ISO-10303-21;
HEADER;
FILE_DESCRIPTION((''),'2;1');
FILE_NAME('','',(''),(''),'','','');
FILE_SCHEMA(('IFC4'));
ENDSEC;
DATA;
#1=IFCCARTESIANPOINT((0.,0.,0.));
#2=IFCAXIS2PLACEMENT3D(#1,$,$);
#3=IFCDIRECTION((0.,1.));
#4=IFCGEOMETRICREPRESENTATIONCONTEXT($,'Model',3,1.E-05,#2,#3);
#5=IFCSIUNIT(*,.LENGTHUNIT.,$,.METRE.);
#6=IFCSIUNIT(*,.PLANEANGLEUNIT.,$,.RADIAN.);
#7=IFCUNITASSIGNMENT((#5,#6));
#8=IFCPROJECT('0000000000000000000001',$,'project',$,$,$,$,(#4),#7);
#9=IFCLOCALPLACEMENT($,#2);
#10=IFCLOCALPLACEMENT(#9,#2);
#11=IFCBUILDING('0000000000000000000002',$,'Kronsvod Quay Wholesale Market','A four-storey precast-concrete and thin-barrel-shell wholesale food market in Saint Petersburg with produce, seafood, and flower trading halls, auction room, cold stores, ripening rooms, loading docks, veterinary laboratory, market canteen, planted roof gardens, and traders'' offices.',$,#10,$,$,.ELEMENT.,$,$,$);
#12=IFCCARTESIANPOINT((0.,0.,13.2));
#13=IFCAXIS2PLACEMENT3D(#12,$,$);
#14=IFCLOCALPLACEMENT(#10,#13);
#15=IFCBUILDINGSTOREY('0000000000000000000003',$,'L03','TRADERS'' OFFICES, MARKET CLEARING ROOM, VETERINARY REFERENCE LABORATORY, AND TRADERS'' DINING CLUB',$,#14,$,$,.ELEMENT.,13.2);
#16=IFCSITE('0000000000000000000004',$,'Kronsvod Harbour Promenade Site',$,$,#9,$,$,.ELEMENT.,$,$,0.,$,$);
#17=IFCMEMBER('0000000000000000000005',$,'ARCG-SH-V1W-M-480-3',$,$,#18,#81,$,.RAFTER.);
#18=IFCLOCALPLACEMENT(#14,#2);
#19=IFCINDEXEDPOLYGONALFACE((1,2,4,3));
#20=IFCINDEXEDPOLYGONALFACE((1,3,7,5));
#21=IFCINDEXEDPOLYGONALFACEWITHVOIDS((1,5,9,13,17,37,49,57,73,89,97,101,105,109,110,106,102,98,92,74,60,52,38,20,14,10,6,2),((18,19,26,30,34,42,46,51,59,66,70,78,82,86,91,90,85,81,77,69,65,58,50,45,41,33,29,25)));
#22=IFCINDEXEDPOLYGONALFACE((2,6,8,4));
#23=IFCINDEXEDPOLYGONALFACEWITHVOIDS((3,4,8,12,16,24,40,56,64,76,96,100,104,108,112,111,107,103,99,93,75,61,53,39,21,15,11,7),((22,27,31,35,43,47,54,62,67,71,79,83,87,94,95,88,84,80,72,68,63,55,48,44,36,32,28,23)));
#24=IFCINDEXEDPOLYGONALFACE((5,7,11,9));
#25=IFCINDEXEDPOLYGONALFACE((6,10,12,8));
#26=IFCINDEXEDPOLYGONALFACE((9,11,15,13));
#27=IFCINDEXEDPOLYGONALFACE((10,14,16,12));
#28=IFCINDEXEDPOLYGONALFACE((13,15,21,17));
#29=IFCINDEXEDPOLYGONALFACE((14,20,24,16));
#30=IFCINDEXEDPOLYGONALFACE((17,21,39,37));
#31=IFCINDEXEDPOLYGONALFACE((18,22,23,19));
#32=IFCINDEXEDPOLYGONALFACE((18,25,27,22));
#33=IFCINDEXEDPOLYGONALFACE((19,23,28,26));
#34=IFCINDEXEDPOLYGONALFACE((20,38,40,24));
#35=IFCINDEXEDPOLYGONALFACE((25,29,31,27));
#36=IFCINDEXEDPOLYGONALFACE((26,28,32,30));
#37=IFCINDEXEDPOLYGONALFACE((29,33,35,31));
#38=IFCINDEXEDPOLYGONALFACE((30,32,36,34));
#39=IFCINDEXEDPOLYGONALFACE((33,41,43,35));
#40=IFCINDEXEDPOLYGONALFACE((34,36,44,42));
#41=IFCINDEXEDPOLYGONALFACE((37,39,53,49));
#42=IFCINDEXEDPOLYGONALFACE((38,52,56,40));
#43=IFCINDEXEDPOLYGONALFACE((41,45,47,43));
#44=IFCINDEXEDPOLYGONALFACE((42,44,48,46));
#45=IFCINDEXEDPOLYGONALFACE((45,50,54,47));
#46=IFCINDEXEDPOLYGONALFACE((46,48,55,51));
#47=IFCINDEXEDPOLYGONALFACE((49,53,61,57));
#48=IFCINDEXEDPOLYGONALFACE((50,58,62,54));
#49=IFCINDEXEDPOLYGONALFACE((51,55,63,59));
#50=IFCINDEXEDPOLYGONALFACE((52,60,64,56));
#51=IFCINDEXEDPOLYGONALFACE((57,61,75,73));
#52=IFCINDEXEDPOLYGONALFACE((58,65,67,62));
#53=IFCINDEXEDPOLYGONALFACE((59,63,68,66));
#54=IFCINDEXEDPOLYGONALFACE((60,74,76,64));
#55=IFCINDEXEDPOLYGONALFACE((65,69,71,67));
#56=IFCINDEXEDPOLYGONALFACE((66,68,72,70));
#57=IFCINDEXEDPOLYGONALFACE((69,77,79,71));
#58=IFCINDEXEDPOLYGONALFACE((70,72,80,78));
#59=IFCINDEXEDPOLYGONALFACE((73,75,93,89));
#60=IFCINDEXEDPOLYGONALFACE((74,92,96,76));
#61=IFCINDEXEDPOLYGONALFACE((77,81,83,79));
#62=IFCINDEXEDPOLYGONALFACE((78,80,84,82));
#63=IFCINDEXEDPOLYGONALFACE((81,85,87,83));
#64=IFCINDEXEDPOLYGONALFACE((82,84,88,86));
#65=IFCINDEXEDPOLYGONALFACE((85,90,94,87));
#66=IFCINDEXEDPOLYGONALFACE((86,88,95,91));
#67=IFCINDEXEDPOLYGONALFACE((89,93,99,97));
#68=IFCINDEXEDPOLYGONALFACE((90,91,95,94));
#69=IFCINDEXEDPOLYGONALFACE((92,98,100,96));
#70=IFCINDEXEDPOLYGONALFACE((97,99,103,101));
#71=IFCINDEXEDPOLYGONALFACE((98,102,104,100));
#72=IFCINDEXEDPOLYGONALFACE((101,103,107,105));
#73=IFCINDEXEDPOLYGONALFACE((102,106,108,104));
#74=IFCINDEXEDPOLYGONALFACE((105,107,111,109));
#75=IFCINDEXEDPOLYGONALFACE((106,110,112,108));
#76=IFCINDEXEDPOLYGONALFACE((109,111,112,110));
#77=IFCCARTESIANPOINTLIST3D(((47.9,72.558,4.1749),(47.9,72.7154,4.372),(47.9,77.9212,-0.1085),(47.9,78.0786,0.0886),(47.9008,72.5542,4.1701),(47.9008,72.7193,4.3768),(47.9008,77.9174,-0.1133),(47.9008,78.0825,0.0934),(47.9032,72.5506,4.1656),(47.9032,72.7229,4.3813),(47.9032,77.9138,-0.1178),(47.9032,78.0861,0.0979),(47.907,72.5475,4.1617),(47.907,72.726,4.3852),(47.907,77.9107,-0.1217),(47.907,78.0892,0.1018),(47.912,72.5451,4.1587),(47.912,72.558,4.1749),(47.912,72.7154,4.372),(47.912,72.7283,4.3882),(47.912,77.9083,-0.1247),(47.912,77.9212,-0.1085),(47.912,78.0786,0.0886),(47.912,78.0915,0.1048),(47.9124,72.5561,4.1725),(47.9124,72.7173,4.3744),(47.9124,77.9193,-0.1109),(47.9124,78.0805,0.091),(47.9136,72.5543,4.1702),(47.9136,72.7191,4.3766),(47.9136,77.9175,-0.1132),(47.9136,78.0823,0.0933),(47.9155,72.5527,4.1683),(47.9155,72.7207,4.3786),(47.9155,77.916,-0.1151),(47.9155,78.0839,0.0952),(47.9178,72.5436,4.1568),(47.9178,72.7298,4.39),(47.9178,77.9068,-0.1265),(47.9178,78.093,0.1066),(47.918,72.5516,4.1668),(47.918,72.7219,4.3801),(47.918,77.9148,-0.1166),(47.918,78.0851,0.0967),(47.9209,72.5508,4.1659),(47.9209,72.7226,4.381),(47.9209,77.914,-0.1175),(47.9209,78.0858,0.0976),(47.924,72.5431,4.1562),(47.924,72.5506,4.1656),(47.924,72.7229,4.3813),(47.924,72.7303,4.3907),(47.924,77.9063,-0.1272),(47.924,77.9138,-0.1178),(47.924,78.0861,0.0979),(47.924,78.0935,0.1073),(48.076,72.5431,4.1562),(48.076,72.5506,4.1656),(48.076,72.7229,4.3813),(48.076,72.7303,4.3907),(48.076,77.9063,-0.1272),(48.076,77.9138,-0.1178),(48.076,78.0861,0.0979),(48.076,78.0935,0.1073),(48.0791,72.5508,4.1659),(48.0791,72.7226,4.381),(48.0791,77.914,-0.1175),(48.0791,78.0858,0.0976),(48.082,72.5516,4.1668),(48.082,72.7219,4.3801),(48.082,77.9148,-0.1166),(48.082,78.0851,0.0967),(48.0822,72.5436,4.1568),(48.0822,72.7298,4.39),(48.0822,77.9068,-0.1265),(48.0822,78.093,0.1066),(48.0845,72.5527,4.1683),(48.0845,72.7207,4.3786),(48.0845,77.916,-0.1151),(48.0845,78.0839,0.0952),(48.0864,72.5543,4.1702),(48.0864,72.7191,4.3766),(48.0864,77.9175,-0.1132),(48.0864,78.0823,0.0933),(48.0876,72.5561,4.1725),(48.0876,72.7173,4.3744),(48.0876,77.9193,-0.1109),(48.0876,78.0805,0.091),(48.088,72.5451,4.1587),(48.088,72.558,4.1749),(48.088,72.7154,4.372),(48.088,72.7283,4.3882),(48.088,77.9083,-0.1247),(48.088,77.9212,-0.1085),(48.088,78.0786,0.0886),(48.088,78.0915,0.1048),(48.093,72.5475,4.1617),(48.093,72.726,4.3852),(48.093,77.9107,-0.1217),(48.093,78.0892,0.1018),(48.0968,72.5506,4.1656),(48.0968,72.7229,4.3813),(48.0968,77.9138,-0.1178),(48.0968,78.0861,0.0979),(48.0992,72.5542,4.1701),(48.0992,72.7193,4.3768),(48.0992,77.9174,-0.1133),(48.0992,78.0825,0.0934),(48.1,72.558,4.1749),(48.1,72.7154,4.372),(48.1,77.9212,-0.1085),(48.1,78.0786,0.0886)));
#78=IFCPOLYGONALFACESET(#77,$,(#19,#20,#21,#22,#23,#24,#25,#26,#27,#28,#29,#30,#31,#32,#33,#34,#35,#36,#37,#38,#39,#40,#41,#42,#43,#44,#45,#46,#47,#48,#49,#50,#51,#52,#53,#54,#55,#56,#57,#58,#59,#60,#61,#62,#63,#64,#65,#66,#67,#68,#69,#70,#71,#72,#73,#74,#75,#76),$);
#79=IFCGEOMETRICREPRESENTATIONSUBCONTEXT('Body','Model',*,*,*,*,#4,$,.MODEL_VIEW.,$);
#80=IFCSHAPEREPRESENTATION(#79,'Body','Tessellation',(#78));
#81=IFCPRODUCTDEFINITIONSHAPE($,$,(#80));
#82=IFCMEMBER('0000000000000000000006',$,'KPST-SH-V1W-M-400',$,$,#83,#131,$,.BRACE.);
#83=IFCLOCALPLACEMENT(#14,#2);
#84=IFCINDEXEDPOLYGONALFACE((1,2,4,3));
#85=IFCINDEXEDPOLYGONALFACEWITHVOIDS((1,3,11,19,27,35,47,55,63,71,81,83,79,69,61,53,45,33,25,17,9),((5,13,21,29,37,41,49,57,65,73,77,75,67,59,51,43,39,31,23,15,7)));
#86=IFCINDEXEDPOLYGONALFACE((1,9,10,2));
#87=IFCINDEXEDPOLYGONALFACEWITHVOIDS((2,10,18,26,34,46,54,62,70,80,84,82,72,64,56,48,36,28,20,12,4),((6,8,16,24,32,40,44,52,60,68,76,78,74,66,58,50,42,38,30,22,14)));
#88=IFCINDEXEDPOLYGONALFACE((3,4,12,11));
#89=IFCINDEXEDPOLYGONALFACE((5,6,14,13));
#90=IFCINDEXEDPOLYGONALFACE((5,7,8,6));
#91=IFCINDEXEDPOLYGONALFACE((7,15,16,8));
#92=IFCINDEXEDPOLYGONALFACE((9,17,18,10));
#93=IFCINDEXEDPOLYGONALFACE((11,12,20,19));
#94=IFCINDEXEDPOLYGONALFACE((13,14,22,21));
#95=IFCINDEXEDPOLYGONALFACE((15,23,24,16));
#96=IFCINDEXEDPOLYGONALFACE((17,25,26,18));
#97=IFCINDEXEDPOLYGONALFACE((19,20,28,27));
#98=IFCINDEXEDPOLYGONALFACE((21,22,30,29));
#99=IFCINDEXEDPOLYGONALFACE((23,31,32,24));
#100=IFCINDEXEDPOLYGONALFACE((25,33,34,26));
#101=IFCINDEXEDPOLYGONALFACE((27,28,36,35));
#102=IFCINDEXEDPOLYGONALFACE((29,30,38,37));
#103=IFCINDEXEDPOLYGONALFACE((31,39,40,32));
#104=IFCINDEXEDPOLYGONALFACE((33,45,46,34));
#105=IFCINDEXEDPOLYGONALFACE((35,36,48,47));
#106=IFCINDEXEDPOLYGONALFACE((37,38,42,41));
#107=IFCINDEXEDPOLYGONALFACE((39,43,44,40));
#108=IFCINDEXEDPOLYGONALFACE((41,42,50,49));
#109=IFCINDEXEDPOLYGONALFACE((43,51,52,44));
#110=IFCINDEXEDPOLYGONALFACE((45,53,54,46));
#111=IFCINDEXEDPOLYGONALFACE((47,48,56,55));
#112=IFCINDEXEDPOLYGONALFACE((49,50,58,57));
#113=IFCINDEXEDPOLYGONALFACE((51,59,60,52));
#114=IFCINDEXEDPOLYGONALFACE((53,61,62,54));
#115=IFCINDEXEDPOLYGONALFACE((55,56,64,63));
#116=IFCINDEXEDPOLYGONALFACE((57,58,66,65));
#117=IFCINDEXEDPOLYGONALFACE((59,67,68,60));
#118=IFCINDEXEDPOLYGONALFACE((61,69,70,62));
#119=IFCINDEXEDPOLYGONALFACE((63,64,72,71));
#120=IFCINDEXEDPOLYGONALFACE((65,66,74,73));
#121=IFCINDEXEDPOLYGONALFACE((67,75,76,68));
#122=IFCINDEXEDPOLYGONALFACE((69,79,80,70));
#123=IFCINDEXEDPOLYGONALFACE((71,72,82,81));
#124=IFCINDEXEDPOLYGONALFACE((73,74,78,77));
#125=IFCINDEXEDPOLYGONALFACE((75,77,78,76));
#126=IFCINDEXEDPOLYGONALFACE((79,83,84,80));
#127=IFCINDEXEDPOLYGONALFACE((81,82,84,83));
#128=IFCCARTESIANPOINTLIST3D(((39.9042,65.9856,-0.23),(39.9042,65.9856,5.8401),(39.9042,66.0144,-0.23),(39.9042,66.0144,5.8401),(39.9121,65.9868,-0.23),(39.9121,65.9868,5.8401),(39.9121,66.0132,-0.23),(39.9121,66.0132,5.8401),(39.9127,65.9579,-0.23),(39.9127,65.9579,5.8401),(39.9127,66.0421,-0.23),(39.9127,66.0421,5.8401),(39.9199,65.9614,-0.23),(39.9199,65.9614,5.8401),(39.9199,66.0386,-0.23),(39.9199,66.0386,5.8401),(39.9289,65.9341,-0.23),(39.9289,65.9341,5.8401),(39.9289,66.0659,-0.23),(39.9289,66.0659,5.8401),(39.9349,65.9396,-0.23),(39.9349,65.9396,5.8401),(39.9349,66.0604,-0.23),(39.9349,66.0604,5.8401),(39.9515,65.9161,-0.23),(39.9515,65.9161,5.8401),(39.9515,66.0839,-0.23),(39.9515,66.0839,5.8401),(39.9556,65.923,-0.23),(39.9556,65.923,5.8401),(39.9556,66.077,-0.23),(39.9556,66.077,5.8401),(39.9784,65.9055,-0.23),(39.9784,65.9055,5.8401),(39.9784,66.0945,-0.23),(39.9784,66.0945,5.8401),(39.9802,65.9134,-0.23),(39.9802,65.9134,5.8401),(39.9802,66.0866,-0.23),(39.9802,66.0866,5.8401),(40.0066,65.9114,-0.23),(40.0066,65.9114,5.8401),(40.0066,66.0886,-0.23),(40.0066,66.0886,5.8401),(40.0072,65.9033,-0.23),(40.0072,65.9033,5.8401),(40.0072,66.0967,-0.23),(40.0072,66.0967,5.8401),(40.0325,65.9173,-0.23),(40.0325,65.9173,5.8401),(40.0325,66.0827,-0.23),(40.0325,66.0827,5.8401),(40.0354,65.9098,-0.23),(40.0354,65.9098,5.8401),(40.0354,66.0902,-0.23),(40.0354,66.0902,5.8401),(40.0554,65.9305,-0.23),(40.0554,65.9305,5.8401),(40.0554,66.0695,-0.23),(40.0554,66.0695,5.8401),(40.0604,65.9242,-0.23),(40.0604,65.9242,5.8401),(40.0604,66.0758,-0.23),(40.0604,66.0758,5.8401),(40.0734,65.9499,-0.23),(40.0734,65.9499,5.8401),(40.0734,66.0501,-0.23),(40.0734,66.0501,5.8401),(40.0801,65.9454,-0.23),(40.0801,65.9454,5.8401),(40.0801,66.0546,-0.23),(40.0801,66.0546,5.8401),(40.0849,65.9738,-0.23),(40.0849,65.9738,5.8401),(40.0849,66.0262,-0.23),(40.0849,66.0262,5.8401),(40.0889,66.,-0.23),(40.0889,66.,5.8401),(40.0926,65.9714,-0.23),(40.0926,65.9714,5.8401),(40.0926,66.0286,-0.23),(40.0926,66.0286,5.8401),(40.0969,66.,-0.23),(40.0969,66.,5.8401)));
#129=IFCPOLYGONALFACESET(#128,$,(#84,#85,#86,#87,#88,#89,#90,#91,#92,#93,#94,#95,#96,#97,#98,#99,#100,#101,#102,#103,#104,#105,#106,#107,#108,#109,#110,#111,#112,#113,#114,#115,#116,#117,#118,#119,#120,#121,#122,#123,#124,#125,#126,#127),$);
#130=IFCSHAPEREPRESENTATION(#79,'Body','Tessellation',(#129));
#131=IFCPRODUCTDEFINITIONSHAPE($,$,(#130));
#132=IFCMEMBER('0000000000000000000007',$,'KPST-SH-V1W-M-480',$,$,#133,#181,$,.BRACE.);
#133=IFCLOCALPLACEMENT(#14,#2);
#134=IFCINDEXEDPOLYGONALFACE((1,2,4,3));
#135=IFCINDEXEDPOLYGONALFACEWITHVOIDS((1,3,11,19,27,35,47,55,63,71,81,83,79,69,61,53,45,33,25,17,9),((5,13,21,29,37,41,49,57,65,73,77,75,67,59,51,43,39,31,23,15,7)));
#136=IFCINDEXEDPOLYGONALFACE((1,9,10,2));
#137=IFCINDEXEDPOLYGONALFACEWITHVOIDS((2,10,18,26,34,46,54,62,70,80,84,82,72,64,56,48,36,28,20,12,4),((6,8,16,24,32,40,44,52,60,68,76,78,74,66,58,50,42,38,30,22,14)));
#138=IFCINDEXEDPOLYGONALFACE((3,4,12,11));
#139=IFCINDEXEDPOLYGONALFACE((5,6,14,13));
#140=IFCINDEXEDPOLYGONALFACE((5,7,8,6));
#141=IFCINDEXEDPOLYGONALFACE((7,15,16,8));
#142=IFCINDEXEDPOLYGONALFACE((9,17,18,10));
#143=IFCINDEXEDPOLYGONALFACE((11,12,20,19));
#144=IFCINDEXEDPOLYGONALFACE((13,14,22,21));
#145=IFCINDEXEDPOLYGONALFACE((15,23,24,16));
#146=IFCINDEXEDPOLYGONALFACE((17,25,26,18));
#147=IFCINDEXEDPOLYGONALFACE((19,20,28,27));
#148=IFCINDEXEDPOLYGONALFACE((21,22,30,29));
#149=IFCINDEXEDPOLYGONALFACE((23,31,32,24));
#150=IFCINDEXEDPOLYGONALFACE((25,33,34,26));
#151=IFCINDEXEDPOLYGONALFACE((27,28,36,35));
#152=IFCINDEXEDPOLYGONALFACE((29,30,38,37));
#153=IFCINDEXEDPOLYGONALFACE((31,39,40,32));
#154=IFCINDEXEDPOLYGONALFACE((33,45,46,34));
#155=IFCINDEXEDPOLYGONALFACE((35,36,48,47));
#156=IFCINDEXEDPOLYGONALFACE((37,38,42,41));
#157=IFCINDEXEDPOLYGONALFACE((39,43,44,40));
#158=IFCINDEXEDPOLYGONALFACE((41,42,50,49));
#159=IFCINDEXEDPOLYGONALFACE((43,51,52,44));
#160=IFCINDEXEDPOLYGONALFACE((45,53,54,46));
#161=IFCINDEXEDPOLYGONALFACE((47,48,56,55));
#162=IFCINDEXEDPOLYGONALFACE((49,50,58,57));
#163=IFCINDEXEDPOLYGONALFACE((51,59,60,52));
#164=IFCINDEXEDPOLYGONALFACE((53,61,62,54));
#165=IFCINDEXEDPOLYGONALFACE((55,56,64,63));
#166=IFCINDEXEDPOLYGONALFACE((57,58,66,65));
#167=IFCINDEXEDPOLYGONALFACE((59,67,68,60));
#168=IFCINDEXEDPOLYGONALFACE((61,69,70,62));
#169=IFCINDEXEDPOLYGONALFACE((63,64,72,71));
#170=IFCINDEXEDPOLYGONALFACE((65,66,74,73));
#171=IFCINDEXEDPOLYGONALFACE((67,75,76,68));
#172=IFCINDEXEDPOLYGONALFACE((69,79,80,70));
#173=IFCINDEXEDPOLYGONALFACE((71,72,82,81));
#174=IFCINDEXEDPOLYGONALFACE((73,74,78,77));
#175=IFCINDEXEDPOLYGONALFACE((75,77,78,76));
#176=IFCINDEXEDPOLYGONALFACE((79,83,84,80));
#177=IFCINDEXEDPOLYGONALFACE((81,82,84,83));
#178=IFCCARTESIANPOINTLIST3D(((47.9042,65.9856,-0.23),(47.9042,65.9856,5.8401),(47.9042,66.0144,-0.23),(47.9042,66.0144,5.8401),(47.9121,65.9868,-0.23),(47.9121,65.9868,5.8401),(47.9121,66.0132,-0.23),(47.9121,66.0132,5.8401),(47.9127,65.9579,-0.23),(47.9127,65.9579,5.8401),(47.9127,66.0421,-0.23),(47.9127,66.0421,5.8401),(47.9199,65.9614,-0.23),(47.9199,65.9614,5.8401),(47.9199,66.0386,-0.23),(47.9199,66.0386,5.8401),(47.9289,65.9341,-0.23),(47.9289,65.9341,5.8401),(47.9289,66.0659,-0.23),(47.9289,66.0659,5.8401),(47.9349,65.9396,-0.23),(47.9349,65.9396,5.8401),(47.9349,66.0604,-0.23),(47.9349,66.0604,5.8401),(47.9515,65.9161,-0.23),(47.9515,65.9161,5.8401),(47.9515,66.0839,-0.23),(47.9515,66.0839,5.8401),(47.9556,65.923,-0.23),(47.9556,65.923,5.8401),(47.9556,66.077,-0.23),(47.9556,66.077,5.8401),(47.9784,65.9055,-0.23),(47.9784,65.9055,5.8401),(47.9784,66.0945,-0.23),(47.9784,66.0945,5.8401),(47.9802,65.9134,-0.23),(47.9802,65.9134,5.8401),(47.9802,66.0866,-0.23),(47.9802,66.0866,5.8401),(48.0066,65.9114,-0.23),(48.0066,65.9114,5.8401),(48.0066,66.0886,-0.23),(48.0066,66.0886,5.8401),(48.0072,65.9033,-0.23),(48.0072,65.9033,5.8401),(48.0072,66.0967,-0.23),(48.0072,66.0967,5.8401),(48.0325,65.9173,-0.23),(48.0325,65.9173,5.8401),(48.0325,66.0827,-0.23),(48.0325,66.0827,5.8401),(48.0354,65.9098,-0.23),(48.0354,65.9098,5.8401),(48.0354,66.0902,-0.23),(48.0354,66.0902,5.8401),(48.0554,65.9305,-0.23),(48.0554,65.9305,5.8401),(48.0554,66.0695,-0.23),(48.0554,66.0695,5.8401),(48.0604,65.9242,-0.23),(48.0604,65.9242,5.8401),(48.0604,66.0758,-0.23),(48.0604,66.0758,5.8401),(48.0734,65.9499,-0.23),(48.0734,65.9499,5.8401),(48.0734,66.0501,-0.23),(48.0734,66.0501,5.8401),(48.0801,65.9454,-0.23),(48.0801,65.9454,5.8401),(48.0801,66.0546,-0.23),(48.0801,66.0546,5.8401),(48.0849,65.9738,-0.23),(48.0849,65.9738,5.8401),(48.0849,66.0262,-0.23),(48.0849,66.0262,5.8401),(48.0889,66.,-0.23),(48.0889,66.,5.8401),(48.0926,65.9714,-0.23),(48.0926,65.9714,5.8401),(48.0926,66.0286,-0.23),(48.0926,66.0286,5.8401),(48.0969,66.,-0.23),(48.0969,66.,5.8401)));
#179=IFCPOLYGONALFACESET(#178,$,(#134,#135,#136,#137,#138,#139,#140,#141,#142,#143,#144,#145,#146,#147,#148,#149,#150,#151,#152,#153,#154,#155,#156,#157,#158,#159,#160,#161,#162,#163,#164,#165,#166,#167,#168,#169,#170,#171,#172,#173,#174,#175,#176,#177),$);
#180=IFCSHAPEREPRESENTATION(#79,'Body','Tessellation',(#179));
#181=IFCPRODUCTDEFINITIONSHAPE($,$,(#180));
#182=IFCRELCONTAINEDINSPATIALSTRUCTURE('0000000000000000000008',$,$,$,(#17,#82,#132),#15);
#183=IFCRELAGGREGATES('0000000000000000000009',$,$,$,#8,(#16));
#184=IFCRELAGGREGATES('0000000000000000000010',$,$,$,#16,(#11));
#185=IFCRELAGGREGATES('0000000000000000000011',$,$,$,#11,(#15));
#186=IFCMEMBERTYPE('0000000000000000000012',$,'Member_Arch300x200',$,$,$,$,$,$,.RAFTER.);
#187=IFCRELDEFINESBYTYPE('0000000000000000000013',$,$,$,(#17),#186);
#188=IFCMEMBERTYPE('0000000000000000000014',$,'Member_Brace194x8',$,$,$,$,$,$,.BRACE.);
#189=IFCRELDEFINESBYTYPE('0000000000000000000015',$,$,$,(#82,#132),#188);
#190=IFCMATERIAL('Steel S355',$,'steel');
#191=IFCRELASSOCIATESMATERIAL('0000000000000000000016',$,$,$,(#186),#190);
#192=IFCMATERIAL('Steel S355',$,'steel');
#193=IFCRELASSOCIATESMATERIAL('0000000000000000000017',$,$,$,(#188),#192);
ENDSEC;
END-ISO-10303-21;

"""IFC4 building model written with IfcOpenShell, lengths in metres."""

from ifc_helpers import new_model, si_unit, direction, frame, origin, origin_2d, place, context, subcontext, project, spatial, hollow_rectangle, hollow_circle, extrude, material, material_profile, profile_set, type_object, element, save


model = new_model("IFC4")

# Units and contexts
model_context = context("Model", 3, precision=1e-05, world=origin(), true_north=direction((0.0, 1.0)))
body_context = subcontext(model_context, "Body", "Model", "MODEL_VIEW")
ifc_project = project(units=[si_unit("LENGTHUNIT", "METRE"), si_unit("PLANEANGLEUNIT", "RADIAN")], contexts=[model_context])

# Site, building, storey
site_placement = place(None, origin())
site = spatial("IfcSite", under=ifc_project, at=site_placement, Name="Kronsvod Harbour Promenade Site", CompositionType="ELEMENT", RefElevation=0.0)
building_placement = place(site_placement, origin())
building = spatial("IfcBuilding", under=site, at=building_placement, Name="Kronsvod Quay Wholesale Market", Description="A four-storey precast-concrete and thin-barrel-shell wholesale food market in Saint Petersburg with produce, seafood, and flower trading halls, auction room, cold stores, ripening rooms, loading docks, veterinary laboratory, market canteen, planted roof gardens, and traders' offices.", CompositionType="ELEMENT")
storey_placement = place(building_placement, frame((0.0, 0.0, 13.2)))
storey = spatial("IfcBuildingStorey", under=building, at=storey_placement, Name="L03", Description="TRADERS' OFFICES, MARKET CLEARING ROOM, VETERINARY REFERENCE LABORATORY, AND TRADERS' DINING CLUB", CompositionType="ELEMENT", Elevation=13.2)

# Members
ifc_material_1 = material(Name="Steel S355", Category="steel")
ifc_material_profile_1 = material_profile(ifc_material_1, hollow_rectangle(XDim=0.2, YDim=0.3, WallThickness=0.012, InnerFilletRadius=0.012, OuterFilletRadius=0.0239, at=origin_2d()), Name="RHS300x200x12")
ifc_profile_set_1 = profile_set([ifc_material_profile_1], Name="Steel S355")
member_type_1 = type_object("IfcMemberType", Name="Member_Arch300x200", PredefinedType="RAFTER", material=ifc_profile_set_1)
member_1_placement = place(storey_placement, frame((48.0, 72.6367, 4.2734), z_axis=(0.0, 0.781379, -0.624057), x_axis=(-1.0, 0.0, 0.0)))
element("IfcMember", 1, at=member_1_placement, inside=storey, type_object=member_type_1, Name="ARCG-SH-V1W-M-480-3", PredefinedType="RAFTER", context=body_context, shape_type="SweptSolid", body=[
    extrude(hollow_rectangle(XDim=0.2, YDim=0.3, WallThickness=0.012, InnerFilletRadius=0.012, OuterFilletRadius=0.0239, at=origin_2d()), origin(), (0.0, 0.0, 1.0), 6.8638),
])
ifc_material_2 = material(Name="Steel S355", Category="steel")
ifc_material_profile_2 = material_profile(ifc_material_2, hollow_circle(Radius=0.0969, WallThickness=0.0081, at=origin_2d()), Name="CHS194x8")
ifc_profile_set_2 = profile_set([ifc_material_profile_2], Name="Steel S355")
member_type_2 = type_object("IfcMemberType", Name="Member_Brace194x8", PredefinedType="BRACE", material=ifc_profile_set_2)
for number, where, z_axis, x_axis, name in (
    (2, (40.0, 66.0, -0.23), (0.0, 0.0, 1.0), (1.0, 0.0, 0.0), "KPST-SH-V1W-M-400"),
    (3, (48.0, 66.0, -0.23), (0.0, 0.0, 1.0), (1.0, 0.0, 0.0), "KPST-SH-V1W-M-480"),
):
    element("IfcMember", number, at=place(storey_placement, frame(where, z_axis=z_axis, x_axis=x_axis)), inside=storey, type_object=member_type_2, Name=name, PredefinedType="BRACE", context=body_context, shape_type="SweptSolid", body=[
        extrude(hollow_circle(Radius=0.0969, WallThickness=0.0081, at=origin_2d()), origin(), (0.0, 0.0, 1.0), 6.0701),
    ])

save(model, "model.ifc")
